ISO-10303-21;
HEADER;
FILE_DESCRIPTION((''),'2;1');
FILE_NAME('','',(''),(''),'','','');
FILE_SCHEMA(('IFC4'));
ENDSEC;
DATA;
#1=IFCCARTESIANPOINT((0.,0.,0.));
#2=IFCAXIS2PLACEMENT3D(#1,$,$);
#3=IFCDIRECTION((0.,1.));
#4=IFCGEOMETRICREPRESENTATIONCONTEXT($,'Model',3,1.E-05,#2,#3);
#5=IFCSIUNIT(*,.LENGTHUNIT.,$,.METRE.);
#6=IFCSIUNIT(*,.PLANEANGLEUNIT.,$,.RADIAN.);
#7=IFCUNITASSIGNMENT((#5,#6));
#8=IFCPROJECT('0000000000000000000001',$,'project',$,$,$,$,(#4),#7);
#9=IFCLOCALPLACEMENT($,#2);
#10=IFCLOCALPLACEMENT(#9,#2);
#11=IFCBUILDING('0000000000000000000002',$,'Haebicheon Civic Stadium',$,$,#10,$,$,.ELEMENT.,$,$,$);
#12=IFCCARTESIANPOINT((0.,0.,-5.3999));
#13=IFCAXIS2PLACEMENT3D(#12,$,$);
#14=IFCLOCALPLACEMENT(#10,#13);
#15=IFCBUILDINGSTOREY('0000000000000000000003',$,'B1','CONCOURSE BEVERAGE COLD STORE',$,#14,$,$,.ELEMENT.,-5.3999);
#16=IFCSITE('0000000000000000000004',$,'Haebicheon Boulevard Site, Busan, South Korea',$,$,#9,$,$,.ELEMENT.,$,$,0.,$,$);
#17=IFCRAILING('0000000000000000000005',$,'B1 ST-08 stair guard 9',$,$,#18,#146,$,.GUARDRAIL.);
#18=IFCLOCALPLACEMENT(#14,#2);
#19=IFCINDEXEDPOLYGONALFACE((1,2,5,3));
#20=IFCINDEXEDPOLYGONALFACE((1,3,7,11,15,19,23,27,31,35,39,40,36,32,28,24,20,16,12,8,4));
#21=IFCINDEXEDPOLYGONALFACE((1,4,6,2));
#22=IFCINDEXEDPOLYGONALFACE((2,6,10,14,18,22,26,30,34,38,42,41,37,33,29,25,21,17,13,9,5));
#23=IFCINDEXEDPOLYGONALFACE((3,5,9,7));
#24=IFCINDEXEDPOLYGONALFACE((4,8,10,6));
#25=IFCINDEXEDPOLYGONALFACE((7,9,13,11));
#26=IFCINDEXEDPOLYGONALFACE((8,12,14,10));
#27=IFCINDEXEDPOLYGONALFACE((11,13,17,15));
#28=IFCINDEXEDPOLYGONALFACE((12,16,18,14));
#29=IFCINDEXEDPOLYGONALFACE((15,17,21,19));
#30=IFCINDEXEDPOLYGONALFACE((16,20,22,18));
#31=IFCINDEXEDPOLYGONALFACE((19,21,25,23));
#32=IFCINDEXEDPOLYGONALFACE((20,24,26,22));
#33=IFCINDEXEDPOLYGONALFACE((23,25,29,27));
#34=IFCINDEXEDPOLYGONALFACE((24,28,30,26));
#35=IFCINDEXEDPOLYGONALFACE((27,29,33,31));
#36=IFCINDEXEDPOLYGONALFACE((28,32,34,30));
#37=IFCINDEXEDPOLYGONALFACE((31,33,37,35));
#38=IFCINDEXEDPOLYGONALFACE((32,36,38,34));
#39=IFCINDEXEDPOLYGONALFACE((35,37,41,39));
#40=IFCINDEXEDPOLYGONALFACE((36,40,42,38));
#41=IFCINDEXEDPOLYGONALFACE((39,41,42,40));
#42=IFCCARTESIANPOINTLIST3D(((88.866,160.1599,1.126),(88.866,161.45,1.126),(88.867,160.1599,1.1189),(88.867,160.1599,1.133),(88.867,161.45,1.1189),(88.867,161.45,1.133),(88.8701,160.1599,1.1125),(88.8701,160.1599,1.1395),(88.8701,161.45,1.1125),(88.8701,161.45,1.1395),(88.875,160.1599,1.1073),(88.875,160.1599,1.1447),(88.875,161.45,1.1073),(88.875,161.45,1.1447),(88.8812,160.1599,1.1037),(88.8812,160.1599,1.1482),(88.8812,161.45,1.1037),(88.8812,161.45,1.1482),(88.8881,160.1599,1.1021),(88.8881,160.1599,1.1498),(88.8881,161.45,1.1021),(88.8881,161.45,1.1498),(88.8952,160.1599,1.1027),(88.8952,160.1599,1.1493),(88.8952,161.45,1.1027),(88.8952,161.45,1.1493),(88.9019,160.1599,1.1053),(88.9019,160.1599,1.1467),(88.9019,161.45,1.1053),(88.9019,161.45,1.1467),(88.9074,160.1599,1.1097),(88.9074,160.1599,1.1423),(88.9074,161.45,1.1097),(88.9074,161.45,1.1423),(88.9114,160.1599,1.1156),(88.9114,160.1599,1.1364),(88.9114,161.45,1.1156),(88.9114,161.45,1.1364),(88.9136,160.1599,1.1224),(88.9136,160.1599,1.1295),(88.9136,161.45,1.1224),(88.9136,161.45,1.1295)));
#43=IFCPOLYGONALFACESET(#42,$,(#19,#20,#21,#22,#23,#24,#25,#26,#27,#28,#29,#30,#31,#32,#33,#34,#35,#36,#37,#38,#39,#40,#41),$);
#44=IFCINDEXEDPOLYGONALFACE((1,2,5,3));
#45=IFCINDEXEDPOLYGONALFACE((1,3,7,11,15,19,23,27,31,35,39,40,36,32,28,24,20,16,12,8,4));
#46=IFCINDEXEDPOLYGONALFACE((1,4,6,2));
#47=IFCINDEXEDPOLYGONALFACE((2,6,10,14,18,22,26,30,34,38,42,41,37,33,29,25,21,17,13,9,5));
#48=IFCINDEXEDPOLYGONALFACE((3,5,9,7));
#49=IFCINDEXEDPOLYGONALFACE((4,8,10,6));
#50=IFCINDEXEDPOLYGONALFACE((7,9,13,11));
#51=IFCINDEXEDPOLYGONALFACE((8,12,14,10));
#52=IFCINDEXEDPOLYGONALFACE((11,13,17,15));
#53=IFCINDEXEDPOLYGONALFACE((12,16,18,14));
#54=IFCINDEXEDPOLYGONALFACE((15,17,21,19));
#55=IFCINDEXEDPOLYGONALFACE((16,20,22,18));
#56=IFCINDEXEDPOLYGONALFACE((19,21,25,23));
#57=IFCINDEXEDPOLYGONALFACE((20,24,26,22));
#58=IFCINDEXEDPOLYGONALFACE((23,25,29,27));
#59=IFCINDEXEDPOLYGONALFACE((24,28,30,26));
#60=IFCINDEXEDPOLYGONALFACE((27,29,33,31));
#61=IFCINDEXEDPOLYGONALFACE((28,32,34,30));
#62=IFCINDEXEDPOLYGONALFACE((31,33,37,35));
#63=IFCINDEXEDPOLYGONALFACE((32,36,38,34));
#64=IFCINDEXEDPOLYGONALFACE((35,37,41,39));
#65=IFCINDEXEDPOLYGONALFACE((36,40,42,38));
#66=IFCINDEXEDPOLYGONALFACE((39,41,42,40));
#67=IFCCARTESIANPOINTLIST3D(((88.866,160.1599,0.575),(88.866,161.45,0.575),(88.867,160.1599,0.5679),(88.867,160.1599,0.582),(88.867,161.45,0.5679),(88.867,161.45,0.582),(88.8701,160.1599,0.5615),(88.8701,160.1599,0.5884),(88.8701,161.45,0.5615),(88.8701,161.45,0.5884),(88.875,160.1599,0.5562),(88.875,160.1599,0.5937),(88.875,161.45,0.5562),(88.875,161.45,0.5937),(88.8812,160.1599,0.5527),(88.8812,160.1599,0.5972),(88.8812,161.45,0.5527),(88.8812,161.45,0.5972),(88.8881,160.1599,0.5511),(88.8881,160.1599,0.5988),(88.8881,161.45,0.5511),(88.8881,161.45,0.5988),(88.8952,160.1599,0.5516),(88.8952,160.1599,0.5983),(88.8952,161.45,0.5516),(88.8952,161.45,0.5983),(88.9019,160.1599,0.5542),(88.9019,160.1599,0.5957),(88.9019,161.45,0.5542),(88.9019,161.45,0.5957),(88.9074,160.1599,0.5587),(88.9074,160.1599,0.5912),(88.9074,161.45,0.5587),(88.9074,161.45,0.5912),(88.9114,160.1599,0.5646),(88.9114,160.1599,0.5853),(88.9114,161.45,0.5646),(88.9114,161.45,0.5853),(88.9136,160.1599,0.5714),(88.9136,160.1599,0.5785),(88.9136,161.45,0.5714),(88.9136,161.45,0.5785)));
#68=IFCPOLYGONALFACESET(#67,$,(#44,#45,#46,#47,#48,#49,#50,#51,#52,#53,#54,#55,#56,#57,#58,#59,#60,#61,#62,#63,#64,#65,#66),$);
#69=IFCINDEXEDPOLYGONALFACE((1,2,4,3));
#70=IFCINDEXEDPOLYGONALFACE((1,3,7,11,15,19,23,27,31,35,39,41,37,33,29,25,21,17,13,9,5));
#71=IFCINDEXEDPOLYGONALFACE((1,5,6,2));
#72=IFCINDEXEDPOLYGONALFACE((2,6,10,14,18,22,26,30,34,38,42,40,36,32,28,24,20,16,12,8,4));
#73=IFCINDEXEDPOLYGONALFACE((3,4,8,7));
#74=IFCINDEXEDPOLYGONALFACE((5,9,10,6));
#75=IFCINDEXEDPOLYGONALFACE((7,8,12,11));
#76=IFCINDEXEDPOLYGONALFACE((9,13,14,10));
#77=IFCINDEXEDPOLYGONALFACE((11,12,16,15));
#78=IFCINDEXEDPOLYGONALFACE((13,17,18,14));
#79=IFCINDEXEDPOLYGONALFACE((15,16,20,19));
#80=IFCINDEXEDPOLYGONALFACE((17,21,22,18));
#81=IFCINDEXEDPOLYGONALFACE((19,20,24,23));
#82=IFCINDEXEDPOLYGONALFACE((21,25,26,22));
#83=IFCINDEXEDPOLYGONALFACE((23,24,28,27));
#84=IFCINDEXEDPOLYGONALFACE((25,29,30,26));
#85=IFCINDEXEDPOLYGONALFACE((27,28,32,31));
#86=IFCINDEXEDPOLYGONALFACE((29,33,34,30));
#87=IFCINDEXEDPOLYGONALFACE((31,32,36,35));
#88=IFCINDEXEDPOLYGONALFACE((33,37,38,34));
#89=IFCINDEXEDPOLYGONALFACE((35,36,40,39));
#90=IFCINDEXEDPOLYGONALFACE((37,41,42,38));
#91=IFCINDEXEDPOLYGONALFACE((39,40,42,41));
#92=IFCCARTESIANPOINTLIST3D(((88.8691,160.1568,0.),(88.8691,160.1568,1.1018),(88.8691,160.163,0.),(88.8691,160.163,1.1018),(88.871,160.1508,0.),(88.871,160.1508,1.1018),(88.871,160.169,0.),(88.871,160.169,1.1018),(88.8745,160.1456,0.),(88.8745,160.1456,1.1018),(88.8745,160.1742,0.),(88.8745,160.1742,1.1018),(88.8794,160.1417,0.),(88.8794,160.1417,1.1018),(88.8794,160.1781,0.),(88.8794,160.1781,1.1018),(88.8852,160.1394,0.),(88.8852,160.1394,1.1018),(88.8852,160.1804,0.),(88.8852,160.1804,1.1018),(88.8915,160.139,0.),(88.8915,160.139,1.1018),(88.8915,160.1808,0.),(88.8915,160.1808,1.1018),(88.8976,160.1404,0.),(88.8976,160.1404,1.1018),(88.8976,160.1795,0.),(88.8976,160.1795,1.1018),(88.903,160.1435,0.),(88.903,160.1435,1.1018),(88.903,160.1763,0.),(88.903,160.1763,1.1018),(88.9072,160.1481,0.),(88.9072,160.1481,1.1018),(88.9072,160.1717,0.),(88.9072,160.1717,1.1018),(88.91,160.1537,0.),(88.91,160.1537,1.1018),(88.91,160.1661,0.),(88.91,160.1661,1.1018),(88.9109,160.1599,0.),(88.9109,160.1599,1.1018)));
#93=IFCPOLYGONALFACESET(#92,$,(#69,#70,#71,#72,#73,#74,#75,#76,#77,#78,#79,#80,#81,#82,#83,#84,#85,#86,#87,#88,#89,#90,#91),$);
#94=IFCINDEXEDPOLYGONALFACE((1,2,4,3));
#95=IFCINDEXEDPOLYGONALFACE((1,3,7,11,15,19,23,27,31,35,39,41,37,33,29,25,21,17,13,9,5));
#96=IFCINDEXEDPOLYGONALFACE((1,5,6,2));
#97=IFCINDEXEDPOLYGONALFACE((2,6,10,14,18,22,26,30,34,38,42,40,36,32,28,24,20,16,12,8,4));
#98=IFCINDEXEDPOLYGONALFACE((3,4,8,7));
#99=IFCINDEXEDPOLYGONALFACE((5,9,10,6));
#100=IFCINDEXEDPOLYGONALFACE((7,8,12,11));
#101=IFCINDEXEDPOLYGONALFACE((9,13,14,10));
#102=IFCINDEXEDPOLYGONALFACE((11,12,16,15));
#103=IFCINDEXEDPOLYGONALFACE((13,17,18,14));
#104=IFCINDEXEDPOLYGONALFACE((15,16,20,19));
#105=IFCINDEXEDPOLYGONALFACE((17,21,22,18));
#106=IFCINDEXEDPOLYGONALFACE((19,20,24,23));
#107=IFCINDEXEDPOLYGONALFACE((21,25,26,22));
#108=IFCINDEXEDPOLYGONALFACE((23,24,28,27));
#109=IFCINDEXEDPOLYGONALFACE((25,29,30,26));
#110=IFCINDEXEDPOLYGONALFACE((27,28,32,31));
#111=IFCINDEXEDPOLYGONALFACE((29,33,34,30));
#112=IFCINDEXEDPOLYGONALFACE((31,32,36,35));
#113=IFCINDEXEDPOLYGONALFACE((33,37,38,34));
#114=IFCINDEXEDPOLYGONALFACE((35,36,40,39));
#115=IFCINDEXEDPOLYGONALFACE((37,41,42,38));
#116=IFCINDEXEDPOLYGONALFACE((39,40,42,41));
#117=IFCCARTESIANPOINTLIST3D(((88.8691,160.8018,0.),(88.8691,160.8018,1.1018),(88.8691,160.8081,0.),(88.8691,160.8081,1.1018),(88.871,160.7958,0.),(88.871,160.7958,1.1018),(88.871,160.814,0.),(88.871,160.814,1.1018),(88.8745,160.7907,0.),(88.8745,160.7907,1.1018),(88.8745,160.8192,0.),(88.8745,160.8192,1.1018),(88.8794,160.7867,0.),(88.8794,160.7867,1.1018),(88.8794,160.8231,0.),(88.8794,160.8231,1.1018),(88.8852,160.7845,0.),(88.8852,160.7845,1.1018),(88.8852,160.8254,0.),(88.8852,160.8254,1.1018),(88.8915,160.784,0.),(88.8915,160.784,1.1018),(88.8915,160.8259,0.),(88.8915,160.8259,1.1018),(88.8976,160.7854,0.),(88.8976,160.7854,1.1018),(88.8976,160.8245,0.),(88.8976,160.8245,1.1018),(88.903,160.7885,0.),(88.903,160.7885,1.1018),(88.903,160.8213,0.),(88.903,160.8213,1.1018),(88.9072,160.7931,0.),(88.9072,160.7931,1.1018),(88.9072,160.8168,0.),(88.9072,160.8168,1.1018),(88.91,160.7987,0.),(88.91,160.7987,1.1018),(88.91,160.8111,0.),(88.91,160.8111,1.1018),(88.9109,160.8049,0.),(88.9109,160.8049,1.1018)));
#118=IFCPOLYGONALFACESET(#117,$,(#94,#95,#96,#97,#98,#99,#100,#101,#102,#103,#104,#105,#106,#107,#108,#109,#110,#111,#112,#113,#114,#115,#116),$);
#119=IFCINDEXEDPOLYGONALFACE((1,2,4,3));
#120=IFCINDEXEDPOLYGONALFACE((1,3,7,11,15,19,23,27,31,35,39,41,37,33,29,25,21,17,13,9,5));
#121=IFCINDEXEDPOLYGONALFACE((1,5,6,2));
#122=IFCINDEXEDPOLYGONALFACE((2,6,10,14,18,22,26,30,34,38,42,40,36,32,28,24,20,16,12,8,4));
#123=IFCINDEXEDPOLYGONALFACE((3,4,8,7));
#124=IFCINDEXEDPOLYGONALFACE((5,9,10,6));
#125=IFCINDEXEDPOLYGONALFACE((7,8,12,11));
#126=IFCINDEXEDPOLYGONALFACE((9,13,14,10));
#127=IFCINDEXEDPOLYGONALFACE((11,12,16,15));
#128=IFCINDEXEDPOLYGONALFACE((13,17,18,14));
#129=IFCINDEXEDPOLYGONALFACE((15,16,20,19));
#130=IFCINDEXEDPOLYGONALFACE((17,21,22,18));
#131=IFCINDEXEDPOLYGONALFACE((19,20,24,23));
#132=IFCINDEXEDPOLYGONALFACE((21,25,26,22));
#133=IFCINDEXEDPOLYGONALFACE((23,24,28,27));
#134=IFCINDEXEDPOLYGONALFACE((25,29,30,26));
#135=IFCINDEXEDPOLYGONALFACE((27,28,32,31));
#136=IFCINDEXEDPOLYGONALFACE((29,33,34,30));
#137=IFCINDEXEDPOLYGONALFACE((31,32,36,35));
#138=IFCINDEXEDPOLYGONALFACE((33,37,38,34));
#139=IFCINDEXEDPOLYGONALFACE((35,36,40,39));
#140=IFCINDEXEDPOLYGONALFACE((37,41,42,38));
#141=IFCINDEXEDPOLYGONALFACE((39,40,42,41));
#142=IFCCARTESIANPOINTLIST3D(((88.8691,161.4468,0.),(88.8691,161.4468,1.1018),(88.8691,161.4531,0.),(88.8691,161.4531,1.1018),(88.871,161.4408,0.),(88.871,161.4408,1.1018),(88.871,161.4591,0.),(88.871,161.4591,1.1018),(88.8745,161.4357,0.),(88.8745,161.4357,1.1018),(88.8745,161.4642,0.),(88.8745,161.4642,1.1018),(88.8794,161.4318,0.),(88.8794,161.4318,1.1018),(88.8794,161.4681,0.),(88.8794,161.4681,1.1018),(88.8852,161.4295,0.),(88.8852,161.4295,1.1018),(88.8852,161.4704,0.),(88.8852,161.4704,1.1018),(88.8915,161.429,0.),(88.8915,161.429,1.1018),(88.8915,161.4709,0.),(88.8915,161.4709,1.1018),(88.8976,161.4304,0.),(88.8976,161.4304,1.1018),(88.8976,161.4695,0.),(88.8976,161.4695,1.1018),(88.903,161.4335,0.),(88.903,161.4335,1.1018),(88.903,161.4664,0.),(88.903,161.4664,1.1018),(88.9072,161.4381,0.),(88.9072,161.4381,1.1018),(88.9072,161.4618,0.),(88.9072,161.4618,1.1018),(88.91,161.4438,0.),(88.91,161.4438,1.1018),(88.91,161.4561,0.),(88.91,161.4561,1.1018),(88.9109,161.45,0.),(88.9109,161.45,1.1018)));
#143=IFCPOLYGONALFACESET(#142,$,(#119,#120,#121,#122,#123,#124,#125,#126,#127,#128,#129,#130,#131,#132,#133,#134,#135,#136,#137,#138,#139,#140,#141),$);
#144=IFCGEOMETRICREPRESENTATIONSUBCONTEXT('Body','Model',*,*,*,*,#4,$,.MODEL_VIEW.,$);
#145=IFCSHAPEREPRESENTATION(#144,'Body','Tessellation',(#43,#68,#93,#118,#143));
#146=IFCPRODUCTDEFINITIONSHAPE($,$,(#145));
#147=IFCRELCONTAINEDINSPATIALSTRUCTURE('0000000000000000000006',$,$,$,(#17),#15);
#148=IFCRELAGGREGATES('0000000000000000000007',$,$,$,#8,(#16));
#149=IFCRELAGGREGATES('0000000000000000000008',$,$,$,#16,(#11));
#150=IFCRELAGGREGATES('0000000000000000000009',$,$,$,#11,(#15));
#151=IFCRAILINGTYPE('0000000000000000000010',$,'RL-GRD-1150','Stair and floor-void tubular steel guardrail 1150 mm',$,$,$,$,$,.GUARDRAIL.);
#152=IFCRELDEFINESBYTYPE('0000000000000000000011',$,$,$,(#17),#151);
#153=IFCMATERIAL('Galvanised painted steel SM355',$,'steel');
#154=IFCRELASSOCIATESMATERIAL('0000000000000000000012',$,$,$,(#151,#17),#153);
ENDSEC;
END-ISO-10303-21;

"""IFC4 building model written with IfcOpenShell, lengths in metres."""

from ifc_helpers import new_model, si_unit, direction, frame, origin, origin_2d, place, context, subcontext, project, spatial, circle, extrude, material, type_object, element, save


model = new_model("IFC4")

# Units and contexts
model_context = context("Model", 3, precision=1e-05, world=origin(), true_north=direction((0.0, 1.0)))
body_context = subcontext(model_context, "Body", "Model", "MODEL_VIEW")
ifc_project = project(units=[si_unit("LENGTHUNIT", "METRE"), si_unit("PLANEANGLEUNIT", "RADIAN")], contexts=[model_context])

# Site, building, storey
site_placement = place(None, origin())
site = spatial("IfcSite", under=ifc_project, at=site_placement, Name="Haebicheon Boulevard Site, Busan, South Korea", CompositionType="ELEMENT", RefElevation=0.0)
building_placement = place(site_placement, origin())
building = spatial("IfcBuilding", under=site, at=building_placement, Name="Haebicheon Civic Stadium", CompositionType="ELEMENT")
storey_placement = place(building_placement, frame((0.0, 0.0, -5.3999)))
storey = spatial("IfcBuildingStorey", under=building, at=storey_placement, Name="B1", Description="CONCOURSE BEVERAGE COLD STORE", CompositionType="ELEMENT", Elevation=-5.3999)

# Railing
ifc_material_1 = material(Name="Galvanised painted steel SM355", Category="steel")
railing_type = type_object("IfcRailingType", Name="RL-GRD-1150", Description="Stair and floor-void tubular steel guardrail 1150 mm", PredefinedType="GUARDRAIL", material=ifc_material_1)
for number, where, name in (
    (1, (88.8899, 160.1599, 0.0), "B1 ST-08 stair guard 9"),
):
    element("IfcRailing", number, at=place(storey_placement, frame(where)), inside=storey, type_object=railing_type, material=ifc_material_1, Name=name, PredefinedType="GUARDRAIL", context=body_context, shape_type="SweptSolid", body=[
        extrude(circle(Radius=0.0239, at=origin_2d()), frame((0.0, 0.0, 1.126), z_axis=(0.0, 1.0, 0.0), x_axis=(-1.0, 0.0, 0.0)), (0.0, 0.0, 1.0), 1.29),
        extrude(circle(Radius=0.0239, at=origin_2d()), frame((0.0, 0.0, 0.575), z_axis=(0.0, 1.0, 0.0), x_axis=(-1.0, 0.0, 0.0)), (0.0, 0.0, 1.0), 1.29),
        extrude(circle(Radius=0.021, at=origin_2d()), origin(), (0.0, 0.0, 1.0), 1.1018),
        extrude(circle(Radius=0.021, at=origin_2d()), frame((0.0, 0.645, 0.0)), (0.0, 0.0, 1.0), 1.1018),
        extrude(circle(Radius=0.021, at=origin_2d()), frame((0.0, 1.29, 0.0)), (0.0, 0.0, 1.0), 1.1018),
    ])

save(model, "model.ifc")
